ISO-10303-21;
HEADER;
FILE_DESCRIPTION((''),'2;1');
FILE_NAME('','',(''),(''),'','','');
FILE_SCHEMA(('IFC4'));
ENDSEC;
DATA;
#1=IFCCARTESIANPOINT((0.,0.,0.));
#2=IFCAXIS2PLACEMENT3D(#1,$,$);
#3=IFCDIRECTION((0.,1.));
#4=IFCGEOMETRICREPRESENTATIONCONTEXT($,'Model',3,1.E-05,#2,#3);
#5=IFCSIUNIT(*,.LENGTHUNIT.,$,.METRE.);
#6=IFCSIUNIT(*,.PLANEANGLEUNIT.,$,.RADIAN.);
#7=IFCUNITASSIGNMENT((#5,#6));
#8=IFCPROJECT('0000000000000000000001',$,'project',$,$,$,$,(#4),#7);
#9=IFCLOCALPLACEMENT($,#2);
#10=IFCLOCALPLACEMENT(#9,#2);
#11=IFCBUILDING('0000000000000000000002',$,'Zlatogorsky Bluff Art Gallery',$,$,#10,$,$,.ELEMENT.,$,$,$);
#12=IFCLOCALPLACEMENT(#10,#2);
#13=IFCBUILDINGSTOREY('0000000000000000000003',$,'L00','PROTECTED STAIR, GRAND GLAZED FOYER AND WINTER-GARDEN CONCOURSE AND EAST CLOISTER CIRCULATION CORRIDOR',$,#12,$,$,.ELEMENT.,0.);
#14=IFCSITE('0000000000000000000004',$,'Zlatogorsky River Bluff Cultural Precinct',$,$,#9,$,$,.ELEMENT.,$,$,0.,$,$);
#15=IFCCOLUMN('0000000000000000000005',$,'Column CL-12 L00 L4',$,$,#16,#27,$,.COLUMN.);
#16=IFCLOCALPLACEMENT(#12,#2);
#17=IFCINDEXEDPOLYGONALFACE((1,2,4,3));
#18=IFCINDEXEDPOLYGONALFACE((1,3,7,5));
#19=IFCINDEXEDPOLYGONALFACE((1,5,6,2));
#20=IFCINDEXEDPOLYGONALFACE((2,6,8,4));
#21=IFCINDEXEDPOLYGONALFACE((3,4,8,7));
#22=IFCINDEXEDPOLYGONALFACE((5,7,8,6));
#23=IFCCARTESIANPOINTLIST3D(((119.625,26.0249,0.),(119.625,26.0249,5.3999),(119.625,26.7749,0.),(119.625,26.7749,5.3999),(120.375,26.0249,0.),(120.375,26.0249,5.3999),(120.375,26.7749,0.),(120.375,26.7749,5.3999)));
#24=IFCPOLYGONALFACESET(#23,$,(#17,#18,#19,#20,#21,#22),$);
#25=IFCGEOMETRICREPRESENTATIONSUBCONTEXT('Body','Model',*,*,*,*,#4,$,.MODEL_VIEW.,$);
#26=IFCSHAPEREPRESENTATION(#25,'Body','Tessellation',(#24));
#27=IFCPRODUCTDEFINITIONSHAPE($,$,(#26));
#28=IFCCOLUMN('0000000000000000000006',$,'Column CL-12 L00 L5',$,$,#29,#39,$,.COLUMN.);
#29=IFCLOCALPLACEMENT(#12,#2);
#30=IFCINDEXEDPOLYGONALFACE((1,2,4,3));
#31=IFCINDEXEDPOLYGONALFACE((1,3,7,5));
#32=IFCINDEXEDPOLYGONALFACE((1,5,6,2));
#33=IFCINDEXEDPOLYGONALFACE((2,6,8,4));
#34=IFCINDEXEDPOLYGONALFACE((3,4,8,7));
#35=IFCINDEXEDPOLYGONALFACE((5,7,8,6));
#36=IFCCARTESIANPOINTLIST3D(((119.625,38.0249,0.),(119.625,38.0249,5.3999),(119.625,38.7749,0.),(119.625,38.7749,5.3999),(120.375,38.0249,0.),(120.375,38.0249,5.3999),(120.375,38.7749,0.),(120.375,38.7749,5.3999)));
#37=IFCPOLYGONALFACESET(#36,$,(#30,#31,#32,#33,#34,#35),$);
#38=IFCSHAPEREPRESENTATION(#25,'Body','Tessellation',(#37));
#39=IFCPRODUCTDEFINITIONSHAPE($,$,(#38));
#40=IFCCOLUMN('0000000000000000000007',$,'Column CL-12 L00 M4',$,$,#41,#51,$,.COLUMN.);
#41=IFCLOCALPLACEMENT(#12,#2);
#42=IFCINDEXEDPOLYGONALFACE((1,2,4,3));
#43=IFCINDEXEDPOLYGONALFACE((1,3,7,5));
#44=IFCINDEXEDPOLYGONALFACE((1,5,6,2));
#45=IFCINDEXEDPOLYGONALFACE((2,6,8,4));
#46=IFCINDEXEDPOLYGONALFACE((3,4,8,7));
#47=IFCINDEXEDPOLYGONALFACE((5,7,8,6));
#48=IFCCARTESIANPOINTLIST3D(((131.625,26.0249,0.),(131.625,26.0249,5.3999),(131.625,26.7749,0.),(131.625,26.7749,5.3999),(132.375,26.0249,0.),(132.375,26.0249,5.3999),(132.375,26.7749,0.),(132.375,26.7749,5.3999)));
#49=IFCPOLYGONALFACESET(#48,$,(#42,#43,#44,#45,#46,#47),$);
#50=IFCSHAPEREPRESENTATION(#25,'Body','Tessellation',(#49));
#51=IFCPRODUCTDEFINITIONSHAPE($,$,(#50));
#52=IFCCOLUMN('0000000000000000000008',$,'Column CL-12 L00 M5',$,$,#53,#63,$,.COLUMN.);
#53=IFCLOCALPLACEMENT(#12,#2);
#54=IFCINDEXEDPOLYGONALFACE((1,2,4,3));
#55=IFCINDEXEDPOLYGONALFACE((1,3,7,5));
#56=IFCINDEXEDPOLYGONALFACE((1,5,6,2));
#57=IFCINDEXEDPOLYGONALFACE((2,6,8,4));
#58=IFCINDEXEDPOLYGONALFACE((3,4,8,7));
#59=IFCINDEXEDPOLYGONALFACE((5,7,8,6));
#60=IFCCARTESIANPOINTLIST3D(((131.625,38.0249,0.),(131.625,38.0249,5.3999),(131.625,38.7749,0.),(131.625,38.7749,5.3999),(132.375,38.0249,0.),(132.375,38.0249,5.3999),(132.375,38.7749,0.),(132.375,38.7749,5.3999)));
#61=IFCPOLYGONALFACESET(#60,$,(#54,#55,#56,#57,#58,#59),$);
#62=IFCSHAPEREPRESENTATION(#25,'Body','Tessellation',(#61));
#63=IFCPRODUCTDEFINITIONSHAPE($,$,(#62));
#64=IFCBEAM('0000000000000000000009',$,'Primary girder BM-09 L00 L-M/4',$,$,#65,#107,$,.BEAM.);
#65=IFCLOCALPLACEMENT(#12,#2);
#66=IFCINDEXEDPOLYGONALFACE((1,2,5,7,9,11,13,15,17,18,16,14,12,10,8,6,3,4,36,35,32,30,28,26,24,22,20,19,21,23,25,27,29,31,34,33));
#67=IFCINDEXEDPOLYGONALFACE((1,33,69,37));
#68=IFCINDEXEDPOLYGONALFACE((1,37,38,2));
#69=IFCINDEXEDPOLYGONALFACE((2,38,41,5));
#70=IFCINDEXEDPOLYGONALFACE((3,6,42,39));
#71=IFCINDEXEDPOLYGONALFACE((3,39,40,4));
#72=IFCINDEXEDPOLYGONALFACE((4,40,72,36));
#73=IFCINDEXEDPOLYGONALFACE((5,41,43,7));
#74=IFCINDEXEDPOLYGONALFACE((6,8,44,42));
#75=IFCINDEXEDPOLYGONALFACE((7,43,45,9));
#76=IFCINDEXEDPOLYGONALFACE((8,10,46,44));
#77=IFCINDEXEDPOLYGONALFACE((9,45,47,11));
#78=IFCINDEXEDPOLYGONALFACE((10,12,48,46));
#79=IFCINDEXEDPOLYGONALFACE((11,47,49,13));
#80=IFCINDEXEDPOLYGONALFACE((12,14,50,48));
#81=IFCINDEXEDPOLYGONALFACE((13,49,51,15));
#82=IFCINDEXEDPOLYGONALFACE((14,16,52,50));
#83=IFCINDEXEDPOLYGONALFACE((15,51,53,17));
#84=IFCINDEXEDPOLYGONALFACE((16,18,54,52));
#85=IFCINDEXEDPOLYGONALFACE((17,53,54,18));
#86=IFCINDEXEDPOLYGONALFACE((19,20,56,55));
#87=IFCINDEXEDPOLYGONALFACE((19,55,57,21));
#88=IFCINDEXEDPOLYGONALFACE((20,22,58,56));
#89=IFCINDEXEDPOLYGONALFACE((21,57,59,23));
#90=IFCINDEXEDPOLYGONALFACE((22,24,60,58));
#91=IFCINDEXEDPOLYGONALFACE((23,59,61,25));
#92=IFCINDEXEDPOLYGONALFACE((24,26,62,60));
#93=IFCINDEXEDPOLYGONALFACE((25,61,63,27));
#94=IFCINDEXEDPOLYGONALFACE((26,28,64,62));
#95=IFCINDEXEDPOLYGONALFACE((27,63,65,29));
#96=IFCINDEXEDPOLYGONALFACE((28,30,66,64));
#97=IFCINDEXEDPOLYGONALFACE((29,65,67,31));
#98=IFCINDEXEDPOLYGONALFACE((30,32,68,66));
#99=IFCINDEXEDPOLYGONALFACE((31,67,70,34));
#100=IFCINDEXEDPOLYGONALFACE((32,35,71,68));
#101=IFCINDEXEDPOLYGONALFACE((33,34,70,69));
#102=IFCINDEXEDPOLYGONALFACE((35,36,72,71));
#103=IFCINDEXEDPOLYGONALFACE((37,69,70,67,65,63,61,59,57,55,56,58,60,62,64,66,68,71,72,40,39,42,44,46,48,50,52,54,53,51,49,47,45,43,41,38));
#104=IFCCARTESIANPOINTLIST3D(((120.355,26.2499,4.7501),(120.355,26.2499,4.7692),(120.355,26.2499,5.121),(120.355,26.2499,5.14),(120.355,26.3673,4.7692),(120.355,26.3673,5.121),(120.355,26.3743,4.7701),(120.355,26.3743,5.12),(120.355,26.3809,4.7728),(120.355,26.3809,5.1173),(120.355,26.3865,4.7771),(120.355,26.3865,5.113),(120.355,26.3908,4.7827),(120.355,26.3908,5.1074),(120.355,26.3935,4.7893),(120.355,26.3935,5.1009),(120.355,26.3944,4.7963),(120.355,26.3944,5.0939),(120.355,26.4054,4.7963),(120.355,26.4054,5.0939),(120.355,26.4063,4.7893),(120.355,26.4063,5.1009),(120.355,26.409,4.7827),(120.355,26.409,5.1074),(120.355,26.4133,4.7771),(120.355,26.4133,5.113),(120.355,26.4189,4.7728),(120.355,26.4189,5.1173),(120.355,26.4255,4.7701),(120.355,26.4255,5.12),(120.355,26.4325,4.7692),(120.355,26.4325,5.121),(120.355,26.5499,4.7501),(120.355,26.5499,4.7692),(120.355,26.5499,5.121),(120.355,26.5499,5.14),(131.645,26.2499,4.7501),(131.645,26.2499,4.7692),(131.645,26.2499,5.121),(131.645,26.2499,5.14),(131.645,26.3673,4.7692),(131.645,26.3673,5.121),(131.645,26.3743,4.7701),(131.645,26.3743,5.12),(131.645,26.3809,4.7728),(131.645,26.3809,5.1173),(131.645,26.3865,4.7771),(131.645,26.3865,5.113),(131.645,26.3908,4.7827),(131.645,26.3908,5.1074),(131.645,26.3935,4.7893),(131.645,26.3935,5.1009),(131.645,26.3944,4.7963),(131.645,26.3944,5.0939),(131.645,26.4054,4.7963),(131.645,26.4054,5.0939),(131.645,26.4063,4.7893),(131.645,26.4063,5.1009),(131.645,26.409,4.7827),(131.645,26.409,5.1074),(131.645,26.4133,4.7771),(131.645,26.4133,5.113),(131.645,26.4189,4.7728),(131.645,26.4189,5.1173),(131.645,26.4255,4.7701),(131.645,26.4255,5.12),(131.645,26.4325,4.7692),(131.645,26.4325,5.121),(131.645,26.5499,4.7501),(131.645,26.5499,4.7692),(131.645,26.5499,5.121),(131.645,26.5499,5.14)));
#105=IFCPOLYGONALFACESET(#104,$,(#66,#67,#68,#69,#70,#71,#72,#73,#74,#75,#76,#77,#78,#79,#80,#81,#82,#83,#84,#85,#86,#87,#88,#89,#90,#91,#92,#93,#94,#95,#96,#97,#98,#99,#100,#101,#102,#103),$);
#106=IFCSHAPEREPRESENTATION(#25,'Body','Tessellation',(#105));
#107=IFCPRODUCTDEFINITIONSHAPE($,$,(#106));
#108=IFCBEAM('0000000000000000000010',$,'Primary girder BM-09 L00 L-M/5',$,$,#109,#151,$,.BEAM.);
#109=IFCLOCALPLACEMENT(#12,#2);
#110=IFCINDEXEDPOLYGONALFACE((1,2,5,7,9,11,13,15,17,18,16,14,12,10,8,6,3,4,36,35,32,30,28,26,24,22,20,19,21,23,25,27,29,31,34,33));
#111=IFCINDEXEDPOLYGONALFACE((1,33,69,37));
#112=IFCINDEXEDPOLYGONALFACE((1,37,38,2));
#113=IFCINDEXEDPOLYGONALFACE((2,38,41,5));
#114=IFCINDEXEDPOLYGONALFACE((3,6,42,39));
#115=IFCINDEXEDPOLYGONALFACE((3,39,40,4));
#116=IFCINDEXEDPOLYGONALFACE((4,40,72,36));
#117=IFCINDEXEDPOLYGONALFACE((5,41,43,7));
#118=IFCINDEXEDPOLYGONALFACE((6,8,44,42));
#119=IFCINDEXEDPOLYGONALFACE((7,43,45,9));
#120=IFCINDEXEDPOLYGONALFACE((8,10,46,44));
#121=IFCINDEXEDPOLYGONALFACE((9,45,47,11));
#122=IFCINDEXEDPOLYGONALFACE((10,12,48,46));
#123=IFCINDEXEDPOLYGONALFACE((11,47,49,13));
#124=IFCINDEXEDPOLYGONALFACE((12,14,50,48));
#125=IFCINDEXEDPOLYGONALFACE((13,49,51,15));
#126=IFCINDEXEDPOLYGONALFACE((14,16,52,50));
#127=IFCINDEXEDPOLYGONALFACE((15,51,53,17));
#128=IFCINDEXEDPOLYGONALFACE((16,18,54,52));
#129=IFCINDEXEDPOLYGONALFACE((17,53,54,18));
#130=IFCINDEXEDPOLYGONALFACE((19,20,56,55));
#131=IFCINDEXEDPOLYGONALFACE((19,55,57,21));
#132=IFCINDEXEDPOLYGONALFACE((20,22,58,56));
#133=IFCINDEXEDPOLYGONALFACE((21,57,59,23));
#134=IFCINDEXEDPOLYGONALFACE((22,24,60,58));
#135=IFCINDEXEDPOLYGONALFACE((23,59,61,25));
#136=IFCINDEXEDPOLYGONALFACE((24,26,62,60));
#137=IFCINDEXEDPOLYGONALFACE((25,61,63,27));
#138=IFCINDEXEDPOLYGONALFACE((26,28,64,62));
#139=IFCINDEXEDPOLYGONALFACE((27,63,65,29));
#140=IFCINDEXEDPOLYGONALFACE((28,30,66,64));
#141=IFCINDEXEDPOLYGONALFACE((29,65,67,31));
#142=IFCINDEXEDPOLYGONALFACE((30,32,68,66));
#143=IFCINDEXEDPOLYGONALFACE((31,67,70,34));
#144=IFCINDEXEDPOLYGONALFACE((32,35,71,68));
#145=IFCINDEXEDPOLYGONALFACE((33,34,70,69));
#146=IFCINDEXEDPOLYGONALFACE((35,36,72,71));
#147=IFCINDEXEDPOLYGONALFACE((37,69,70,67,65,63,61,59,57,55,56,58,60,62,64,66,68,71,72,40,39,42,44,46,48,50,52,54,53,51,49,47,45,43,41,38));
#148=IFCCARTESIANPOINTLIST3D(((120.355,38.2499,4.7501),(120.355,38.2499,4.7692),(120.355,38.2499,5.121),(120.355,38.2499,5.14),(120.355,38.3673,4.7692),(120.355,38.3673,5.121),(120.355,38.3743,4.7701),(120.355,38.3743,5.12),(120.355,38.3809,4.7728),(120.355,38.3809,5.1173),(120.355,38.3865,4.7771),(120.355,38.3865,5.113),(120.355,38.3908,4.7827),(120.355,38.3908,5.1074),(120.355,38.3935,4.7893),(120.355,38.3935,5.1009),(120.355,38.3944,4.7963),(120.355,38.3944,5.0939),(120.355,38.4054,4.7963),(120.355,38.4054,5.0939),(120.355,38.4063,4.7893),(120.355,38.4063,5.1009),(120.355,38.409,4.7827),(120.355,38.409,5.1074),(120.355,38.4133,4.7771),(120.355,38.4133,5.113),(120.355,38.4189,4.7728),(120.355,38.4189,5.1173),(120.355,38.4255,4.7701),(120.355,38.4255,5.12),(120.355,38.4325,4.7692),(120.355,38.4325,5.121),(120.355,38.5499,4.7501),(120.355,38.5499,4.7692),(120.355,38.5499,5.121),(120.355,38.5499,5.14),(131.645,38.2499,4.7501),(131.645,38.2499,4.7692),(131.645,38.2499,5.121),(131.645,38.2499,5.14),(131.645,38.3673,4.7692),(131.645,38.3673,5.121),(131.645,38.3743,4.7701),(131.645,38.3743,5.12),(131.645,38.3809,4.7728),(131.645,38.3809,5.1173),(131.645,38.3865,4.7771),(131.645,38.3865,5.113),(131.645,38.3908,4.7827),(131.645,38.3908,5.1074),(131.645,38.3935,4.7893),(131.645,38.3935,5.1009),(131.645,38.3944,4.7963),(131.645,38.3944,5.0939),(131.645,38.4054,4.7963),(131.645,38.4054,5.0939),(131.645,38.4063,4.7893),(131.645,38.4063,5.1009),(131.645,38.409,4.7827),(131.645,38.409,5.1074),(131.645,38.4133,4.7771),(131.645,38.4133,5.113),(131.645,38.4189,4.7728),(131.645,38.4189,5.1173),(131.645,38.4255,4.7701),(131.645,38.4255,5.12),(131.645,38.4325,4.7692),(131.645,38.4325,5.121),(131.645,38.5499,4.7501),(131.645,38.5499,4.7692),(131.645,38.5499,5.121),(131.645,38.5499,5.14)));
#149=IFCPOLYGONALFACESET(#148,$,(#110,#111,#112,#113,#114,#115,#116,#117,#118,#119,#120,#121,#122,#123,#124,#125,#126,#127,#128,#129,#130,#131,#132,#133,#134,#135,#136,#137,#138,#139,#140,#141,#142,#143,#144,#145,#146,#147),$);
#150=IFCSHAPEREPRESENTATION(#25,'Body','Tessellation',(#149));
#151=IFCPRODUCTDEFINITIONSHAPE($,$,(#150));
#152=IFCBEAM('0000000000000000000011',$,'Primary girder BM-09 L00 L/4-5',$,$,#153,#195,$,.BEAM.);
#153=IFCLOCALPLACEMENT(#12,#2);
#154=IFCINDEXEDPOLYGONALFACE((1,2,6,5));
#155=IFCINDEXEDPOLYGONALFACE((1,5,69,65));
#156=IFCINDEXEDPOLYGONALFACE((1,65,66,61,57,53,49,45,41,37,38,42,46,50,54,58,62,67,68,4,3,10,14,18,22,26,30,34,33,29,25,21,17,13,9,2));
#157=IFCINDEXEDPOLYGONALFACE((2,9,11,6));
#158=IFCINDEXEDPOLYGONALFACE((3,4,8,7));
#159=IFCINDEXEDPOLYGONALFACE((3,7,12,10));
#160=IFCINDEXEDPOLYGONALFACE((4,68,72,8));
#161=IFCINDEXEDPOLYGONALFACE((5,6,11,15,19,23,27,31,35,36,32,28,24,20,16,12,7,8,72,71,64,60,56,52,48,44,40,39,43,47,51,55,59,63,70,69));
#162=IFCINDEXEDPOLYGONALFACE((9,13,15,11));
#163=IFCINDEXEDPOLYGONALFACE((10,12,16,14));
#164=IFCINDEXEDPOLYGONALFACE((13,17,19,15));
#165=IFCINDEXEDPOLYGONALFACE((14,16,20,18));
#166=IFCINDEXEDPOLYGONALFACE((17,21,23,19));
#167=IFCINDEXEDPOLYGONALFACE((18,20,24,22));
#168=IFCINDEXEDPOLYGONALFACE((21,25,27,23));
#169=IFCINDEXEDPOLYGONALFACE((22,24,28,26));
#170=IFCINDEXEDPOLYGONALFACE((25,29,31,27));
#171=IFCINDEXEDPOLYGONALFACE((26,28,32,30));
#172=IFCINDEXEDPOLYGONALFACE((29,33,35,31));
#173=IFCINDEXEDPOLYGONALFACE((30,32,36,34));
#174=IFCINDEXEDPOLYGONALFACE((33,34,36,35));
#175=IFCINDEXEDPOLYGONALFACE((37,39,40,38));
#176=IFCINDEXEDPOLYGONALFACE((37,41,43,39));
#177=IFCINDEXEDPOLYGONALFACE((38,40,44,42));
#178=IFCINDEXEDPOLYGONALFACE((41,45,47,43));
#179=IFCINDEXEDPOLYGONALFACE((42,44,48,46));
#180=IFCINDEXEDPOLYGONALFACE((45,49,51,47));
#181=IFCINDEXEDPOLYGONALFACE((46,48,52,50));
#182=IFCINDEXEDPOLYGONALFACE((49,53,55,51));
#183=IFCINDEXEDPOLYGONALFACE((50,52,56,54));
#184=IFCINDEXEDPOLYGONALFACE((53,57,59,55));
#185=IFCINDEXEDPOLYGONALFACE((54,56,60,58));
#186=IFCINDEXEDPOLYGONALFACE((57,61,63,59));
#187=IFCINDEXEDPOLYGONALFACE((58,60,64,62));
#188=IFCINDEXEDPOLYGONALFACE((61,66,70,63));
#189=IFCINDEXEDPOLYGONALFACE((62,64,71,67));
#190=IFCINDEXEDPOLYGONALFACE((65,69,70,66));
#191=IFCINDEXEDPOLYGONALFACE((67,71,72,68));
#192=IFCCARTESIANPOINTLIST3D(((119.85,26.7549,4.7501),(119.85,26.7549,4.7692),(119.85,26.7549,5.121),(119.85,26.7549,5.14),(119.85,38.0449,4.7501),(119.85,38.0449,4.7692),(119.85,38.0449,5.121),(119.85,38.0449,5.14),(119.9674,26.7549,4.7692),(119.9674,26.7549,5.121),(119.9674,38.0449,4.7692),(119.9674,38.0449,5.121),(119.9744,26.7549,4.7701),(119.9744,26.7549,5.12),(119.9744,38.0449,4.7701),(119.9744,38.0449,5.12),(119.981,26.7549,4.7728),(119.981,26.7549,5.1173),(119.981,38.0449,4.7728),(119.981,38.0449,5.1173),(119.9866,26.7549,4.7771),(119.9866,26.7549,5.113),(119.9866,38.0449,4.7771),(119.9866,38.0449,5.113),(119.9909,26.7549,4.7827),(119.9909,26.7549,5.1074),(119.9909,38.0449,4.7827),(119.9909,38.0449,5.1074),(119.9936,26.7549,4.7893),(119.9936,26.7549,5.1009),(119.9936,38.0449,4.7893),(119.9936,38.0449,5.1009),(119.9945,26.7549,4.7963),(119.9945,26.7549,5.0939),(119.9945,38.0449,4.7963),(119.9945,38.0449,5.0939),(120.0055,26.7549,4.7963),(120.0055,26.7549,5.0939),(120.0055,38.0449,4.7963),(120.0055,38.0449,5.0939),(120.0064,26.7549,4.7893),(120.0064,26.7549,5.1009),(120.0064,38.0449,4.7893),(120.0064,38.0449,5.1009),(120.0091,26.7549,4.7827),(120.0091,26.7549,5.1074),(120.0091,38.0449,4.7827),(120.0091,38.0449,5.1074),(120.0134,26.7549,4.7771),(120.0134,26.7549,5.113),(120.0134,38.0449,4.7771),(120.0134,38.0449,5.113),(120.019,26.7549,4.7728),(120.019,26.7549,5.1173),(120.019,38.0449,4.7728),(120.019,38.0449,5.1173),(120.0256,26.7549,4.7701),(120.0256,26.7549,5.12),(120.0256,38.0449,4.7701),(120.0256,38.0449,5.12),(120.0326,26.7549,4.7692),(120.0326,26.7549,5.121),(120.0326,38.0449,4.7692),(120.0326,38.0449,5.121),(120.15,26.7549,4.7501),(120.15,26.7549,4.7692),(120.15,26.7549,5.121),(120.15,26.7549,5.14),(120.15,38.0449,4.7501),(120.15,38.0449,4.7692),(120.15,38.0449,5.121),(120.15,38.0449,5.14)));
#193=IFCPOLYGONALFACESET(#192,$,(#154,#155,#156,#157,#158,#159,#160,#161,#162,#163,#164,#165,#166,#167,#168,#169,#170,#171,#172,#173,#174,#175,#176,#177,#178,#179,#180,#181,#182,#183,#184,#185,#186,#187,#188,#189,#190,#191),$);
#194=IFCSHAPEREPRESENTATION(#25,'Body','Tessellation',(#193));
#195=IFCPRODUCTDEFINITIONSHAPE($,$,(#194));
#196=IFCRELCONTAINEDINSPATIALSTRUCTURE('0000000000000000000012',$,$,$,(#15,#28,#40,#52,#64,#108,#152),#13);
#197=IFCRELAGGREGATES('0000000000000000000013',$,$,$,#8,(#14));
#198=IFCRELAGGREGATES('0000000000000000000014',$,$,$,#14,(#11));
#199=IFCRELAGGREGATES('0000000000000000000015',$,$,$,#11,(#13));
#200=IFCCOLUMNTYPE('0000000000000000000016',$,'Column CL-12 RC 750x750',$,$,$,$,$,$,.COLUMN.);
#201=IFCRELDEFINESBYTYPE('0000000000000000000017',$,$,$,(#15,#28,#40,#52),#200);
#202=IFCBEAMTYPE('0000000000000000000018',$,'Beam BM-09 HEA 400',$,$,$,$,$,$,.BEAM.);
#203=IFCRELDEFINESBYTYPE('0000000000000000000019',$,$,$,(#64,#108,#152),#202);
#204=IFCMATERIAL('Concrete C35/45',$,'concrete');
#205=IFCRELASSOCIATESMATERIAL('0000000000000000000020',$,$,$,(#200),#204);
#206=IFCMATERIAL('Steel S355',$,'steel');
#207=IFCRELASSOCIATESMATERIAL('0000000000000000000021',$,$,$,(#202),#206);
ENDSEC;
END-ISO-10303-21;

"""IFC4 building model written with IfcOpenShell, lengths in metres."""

from ifc_helpers import new_model, si_unit, direction, frame, origin, origin_2d, place, context, subcontext, project, spatial, rectangle, i_section, extrude, material, material_profile, profile_set, type_object, element, save


model = new_model("IFC4")

# Units and contexts
model_context = context("Model", 3, precision=1e-05, world=origin(), true_north=direction((0.0, 1.0)))
body_context = subcontext(model_context, "Body", "Model", "MODEL_VIEW")
ifc_project = project(units=[si_unit("LENGTHUNIT", "METRE"), si_unit("PLANEANGLEUNIT", "RADIAN")], contexts=[model_context])

# Site, building, storey
site_placement = place(None, origin())
site = spatial("IfcSite", under=ifc_project, at=site_placement, Name="Zlatogorsky River Bluff Cultural Precinct", CompositionType="ELEMENT", RefElevation=0.0)
building_placement = place(site_placement, origin())
building = spatial("IfcBuilding", under=site, at=building_placement, Name="Zlatogorsky Bluff Art Gallery", CompositionType="ELEMENT")
storey_placement = place(building_placement, origin())
storey = spatial("IfcBuildingStorey", under=building, at=storey_placement, Name="L00", Description="PROTECTED STAIR, GRAND GLAZED FOYER AND WINTER-GARDEN CONCOURSE AND EAST CLOISTER CIRCULATION CORRIDOR", CompositionType="ELEMENT", Elevation=0.0)

# Columns
ifc_material_1 = material(Name="Concrete C35/45", Category="concrete")
ifc_material_profile_1 = material_profile(ifc_material_1, rectangle(XDim=0.75, YDim=0.75, at=origin_2d()), Name="RC 750x750")
ifc_profile_set_1 = profile_set([ifc_material_profile_1], Name="Concrete C35/45")
column_type = type_object("IfcColumnType", Name="Column CL-12 RC 750x750", PredefinedType="COLUMN", material=ifc_profile_set_1)
for number, where, z_axis, x_axis, name in (
    (1, (120.0, 26.3999, 0.0), (0.0, 0.0, 1.0), (1.0, 0.0, 0.0), "Column CL-12 L00 L4"),
    (2, (120.0, 38.3999, 0.0), (0.0, 0.0, 1.0), (1.0, 0.0, 0.0), "Column CL-12 L00 L5"),
    (3, (132.0, 26.3999, 0.0), (0.0, 0.0, 1.0), (1.0, 0.0, 0.0), "Column CL-12 L00 M4"),
    (4, (132.0, 38.3999, 0.0), (0.0, 0.0, 1.0), (1.0, 0.0, 0.0), "Column CL-12 L00 M5"),
):
    element("IfcColumn", number, at=place(storey_placement, frame(where, z_axis=z_axis, x_axis=x_axis)), inside=storey, type_object=column_type, Name=name, PredefinedType="COLUMN", context=body_context, shape_type="SweptSolid", body=[
        extrude(rectangle(XDim=0.75, YDim=0.75, at=origin_2d()), origin(), (0.0, 0.0, 1.0), 5.3999),
    ])

# Beams
ifc_material_2 = material(Name="Steel S355", Category="steel")
ifc_material_profile_2 = material_profile(ifc_material_2, i_section(OverallWidth=0.3, OverallDepth=0.3899, WebThickness=0.011, FlangeThickness=0.019, FilletRadius=0.0271, at=origin_2d()), Name="HEA 400")
ifc_profile_set_2 = profile_set([ifc_material_profile_2], Name="Steel S355")
beam_type_1 = type_object("IfcBeamType", Name="Beam BM-09 HEA 400", PredefinedType="BEAM", material=ifc_profile_set_2)
for number, where, z_axis, x_axis, name in (
    (5, (120.355, 26.3999, 4.9451), (1.0, 0.0, 0.0), (0.0, 1.0, 0.0), "Primary girder BM-09 L00 L-M/4"),
    (6, (120.355, 38.3999, 4.9451), (1.0, 0.0, 0.0), (0.0, 1.0, 0.0), "Primary girder BM-09 L00 L-M/5"),
    (7, (120.0, 26.7549, 4.9451), (0.0, 1.0, 0.0), (-1.0, 0.0, 0.0), "Primary girder BM-09 L00 L/4-5"),
):
    element("IfcBeam", number, at=place(storey_placement, frame(where, z_axis=z_axis, x_axis=x_axis)), inside=storey, type_object=beam_type_1, Name=name, PredefinedType="BEAM", context=body_context, shape_type="SweptSolid", body=[
        extrude(i_section(OverallWidth=0.3, OverallDepth=0.3899, WebThickness=0.011, FlangeThickness=0.019, FilletRadius=0.0271, at=origin_2d()), origin(), (0.0, 0.0, 1.0), 11.29),
    ])

save(model, "model.ifc")
